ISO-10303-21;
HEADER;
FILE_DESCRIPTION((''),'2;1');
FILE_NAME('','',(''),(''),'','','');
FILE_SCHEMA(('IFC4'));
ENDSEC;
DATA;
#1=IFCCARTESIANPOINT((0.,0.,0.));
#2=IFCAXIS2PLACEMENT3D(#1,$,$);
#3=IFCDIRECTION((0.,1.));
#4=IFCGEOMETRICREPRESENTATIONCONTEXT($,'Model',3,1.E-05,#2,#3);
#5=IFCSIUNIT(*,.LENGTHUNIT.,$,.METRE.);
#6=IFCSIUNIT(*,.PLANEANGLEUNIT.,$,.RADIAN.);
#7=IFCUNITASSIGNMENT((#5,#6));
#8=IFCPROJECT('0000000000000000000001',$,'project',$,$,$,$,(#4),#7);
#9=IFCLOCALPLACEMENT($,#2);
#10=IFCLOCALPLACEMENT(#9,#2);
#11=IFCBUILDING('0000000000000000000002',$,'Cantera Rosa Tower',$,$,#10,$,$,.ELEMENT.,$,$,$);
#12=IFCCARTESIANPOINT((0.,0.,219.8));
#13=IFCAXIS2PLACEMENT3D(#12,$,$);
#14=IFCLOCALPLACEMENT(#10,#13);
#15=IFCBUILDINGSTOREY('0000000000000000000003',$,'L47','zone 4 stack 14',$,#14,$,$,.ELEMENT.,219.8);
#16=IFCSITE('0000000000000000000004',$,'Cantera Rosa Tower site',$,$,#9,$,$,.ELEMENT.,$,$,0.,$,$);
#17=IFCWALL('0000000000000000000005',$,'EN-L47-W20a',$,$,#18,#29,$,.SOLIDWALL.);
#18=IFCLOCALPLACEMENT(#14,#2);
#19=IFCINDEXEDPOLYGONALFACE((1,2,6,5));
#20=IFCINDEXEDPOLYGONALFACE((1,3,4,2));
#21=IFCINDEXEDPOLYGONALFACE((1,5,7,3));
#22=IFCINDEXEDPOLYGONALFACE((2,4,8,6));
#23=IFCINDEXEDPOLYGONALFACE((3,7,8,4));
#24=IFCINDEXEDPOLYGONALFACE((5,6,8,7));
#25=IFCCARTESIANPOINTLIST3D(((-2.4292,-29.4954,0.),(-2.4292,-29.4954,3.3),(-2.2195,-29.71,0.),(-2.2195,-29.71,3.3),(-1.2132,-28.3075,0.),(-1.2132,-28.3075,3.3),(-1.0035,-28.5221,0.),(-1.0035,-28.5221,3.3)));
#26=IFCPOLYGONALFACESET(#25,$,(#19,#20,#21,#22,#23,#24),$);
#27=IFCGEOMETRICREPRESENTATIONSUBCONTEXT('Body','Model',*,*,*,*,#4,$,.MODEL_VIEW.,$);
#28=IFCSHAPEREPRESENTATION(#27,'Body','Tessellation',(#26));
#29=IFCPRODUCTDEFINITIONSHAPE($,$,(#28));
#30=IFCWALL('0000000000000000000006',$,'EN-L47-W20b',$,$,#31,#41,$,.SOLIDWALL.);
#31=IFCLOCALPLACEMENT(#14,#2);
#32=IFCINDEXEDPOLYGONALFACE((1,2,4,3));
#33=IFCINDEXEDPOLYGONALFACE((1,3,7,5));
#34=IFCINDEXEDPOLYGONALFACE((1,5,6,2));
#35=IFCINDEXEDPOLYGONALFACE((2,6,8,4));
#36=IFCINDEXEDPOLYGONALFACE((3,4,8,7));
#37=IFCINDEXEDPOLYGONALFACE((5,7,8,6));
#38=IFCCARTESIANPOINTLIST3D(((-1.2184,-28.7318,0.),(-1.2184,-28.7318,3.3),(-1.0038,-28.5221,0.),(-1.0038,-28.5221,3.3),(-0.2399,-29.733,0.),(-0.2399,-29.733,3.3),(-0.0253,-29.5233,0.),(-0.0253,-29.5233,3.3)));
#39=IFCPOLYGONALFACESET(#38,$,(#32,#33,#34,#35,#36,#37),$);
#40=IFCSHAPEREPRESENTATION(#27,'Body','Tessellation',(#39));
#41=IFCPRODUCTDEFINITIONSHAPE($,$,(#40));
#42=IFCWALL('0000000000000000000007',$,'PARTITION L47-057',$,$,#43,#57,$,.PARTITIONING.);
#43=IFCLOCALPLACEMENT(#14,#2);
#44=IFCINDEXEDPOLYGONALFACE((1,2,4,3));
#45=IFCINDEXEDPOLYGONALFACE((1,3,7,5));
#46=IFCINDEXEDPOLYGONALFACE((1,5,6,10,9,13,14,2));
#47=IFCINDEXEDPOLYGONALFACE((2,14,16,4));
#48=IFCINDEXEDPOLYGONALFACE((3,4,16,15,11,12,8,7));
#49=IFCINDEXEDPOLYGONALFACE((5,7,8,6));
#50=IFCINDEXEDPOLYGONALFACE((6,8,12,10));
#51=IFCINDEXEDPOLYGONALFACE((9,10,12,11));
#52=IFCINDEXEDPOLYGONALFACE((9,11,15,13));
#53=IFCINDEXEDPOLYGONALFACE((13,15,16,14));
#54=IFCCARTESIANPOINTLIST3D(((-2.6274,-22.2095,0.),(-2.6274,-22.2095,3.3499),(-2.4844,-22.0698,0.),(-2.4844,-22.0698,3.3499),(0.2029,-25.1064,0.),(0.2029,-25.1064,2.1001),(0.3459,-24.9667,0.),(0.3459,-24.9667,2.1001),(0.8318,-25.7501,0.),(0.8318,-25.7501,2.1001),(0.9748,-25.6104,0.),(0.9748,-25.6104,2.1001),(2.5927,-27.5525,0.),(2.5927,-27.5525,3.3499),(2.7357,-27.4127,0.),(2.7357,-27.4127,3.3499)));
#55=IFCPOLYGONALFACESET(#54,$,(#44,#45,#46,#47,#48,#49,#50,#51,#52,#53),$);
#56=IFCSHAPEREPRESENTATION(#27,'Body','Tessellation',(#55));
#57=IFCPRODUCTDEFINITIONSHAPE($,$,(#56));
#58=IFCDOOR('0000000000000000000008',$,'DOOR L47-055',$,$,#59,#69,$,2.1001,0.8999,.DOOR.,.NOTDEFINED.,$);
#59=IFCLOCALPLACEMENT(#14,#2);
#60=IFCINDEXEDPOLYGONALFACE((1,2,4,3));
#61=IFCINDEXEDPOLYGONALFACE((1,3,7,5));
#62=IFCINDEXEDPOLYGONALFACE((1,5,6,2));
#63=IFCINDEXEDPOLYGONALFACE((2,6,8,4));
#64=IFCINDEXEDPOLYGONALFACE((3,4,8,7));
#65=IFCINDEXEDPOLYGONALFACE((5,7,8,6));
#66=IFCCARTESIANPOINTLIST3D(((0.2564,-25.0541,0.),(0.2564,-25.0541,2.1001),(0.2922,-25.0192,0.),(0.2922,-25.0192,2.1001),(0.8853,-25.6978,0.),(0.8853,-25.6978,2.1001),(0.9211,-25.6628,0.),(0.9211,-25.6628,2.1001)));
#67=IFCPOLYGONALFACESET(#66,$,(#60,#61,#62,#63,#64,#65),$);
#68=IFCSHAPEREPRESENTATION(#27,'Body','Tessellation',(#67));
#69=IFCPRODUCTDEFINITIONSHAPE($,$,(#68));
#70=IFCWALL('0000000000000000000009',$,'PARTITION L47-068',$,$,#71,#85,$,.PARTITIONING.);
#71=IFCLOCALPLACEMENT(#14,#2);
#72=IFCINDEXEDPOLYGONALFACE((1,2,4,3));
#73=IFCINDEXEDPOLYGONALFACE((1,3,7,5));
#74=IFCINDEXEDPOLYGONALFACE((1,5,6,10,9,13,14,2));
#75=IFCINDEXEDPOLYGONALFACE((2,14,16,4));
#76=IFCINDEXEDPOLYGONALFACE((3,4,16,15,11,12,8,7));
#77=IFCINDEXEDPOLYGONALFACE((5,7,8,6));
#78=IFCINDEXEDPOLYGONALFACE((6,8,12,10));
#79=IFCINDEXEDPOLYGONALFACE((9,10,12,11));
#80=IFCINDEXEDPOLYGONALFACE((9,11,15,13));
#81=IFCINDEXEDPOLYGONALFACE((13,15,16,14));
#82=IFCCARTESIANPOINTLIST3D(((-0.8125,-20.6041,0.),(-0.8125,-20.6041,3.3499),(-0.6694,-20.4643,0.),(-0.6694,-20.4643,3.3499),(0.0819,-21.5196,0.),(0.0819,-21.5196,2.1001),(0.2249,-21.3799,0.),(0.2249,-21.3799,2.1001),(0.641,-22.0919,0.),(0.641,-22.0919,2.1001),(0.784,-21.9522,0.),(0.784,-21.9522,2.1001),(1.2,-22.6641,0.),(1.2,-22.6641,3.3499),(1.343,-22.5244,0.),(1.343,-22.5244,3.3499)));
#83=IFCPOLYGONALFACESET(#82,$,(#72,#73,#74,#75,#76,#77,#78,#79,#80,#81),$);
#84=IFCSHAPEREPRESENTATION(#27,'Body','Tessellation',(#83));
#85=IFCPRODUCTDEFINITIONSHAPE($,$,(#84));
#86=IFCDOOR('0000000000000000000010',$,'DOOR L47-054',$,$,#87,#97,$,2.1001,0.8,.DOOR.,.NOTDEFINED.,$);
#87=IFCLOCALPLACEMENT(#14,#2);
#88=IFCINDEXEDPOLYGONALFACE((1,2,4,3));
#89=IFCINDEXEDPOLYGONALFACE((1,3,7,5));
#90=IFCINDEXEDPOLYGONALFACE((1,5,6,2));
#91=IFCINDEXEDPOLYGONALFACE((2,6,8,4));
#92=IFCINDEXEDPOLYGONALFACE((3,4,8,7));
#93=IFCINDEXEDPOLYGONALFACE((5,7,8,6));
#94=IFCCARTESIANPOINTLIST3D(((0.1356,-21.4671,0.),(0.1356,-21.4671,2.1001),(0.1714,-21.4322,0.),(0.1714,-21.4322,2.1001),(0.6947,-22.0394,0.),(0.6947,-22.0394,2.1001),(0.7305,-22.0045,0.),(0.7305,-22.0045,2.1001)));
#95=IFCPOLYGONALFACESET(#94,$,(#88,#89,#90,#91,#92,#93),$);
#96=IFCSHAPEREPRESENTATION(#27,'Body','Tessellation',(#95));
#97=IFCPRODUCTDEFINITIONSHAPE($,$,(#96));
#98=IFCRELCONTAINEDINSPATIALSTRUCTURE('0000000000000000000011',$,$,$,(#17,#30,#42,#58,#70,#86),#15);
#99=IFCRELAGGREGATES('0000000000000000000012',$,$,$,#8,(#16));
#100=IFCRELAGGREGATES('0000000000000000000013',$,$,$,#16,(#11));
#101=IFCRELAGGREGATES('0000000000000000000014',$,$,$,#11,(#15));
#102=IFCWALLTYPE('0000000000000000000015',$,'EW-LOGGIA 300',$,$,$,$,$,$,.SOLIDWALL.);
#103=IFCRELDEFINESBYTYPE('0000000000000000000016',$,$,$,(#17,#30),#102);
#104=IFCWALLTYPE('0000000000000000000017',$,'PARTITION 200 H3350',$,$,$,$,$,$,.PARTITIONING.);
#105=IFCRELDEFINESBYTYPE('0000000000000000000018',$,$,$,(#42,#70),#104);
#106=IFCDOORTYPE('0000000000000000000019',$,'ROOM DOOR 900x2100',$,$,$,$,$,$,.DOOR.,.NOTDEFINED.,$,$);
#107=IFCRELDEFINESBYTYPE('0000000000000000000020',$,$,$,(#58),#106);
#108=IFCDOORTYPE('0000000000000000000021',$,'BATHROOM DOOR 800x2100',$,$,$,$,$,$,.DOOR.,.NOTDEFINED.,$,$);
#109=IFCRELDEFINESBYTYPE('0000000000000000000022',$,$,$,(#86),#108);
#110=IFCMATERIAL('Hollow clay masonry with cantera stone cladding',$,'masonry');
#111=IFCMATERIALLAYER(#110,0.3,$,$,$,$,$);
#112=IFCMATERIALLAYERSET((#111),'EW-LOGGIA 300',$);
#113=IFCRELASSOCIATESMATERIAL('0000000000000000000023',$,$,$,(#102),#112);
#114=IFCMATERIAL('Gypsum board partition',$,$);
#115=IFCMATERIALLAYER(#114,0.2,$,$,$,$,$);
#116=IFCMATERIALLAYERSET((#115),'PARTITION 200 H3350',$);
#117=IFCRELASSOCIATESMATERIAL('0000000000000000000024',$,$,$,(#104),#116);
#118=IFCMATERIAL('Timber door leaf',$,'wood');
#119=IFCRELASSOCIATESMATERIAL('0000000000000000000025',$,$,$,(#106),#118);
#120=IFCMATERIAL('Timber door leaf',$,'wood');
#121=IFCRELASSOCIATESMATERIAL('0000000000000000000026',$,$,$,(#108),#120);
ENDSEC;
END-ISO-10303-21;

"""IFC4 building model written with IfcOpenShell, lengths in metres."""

from ifc_helpers import new_model, si_unit, direction, frame, frame_2d, origin, place, context, subcontext, project, spatial, rectangle, extrude, material, layer, layer_set, type_object, element, fill, save


model = new_model("IFC4")

# Units and contexts
model_context = context("Model", 3, precision=1e-05, world=origin(), true_north=direction((0.0, 1.0)))
body_context = subcontext(model_context, "Body", "Model", "MODEL_VIEW")
ifc_project = project(units=[si_unit("LENGTHUNIT", "METRE"), si_unit("PLANEANGLEUNIT", "RADIAN")], contexts=[model_context])

# Site, building, storey
site_placement = place(None, origin())
site = spatial("IfcSite", under=ifc_project, at=site_placement, Name="Cantera Rosa Tower site", CompositionType="ELEMENT", RefElevation=0.0)
building_placement = place(site_placement, origin())
building = spatial("IfcBuilding", under=site, at=building_placement, Name="Cantera Rosa Tower", CompositionType="ELEMENT")
storey_placement = place(building_placement, frame((0.0, 0.0, 219.8)))
storey = spatial("IfcBuildingStorey", under=building, at=storey_placement, Name="L47", Description="zone 4 stack 14", CompositionType="ELEMENT", Elevation=219.8)

# Walls
ifc_material_1 = material(Name="Hollow clay masonry with cantera stone cladding", Category="masonry")
ifc_layer_1 = layer(ifc_material_1, 0.3)
ifc_layer_set_1 = layer_set([ifc_layer_1], Name="EW-LOGGIA 300")
wall_type_1 = type_object("IfcWallType", Name="EW-LOGGIA 300", PredefinedType="SOLIDWALL", material=ifc_layer_set_1)
wall_1_placement = place(storey_placement, frame((-2.3245, -29.6028, 0.0), z_axis=(0.0, 0.0, 1.0), x_axis=(0.715316, 0.698801, 0.0)))
element("IfcWall", 1, at=wall_1_placement, inside=storey, type_object=wall_type_1, Name="EN-L47-W20a", PredefinedType="SOLIDWALL", context=body_context, shape_type="SweptSolid", body=[
    extrude(rectangle(XDim=1.7, YDim=0.3, at=frame_2d((0.8501, 0.0))), origin(), (0.0, 0.0, 1.0), 3.3),
])
wall_2_placement = place(storey_placement, frame((-1.1111, -28.627, 0.0), z_axis=(0.0, 0.0, 1.0), x_axis=(0.698951, -0.715169, 0.0)))
element("IfcWall", 2, at=wall_2_placement, inside=storey, type_object=wall_type_1, Name="EN-L47-W20b", PredefinedType="SOLIDWALL", context=body_context, shape_type="SweptSolid", body=[
    extrude(rectangle(XDim=1.3999, YDim=0.3, at=frame_2d((0.7, 0.0))), origin(), (0.0, 0.0, 1.0), 3.3),
])

# Walls, openings, doors
ifc_material_2 = material(Name="Gypsum board partition")
ifc_layer_2 = layer(ifc_material_2, 0.2)
ifc_layer_set_2 = layer_set([ifc_layer_2], Name="PARTITION 200 H3350")
wall_type_2 = type_object("IfcWallType", Name="PARTITION 200 H3350", PredefinedType="PARTITIONING", material=ifc_layer_set_2)
wall_3_placement = place(storey_placement, frame((-2.5559, -22.1396, 0.0), z_axis=(0.0, 0.0, 1.0), x_axis=(0.698839, -0.715279, 0.0)))
wall_3 = element("IfcWall", 3, at=wall_3_placement, inside=storey, type_object=wall_type_2, Name="PARTITION L47-057", PredefinedType="PARTITIONING", context=body_context, shape_type="SweptSolid", body=[
    extrude(rectangle(XDim=7.4697, YDim=0.2, at=frame_2d((3.7349, 0.0))), origin(), (0.0, 0.0, 1.0), 3.3499),
])
opening_1_placement = place(wall_3_placement, frame((4.05, 0.0, 0.0)))
opening_1 = element("IfcOpeningElement", 4, at=opening_1_placement, cuts=wall_3, PredefinedType="OPENING", context=body_context, shape_type="SweptSolid", body=[
    extrude(rectangle(XDim=0.8999, YDim=2.1001, at=frame_2d((0.45, 1.05))), frame((0.0, 0.1099, 0.0), z_axis=(0.0, -1.0, 0.0), x_axis=(1.0, 0.0, 0.0)), (0.0, 0.0, 1.0), 0.22),
])
ifc_material_3 = material(Name="Timber door leaf", Category="wood")
door_type_1 = type_object("IfcDoorType", Name="ROOM DOOR 900x2100", OperationType="NOTDEFINED", PredefinedType="DOOR", material=ifc_material_3)
door_1_placement = place(opening_1_placement, origin())
door_1 = element("IfcDoor", 5, at=door_1_placement, inside=storey, type_object=door_type_1, Name="DOOR L47-055", OperationType="NOTDEFINED", OverallHeight=2.1001, OverallWidth=0.8999, PredefinedType="DOOR", context=body_context, shape_type="SweptSolid", body=[
    extrude(rectangle(XDim=0.8999, YDim=2.1001, at=frame_2d((0.45, 1.05))), frame((0.0, 0.0249, 0.0), z_axis=(0.0, -1.0, 0.0), x_axis=(1.0, 0.0, 0.0)), (0.0, 0.0, 1.0), 0.05),
])
fill(opening_1, door_1)
wall_4_placement = place(storey_placement, frame((1.2715, -22.5942, 0.0), z_axis=(0.0, 0.0, 1.0), x_axis=(-0.698793, 0.715324, 0.0)))
wall_4 = element("IfcWall", 6, at=wall_4_placement, inside=storey, type_object=wall_type_2, Name="PARTITION L47-068", PredefinedType="PARTITIONING", context=body_context, shape_type="SweptSolid", body=[
    extrude(rectangle(XDim=2.8799, YDim=0.2, at=frame_2d((1.4399, 0.0))), origin(), (0.0, 0.0, 1.0), 3.3499),
])
opening_2_placement = place(wall_4_placement, frame((0.8, 0.0, 0.0)))
opening_2 = element("IfcOpeningElement", 7, at=opening_2_placement, cuts=wall_4, PredefinedType="OPENING", context=body_context, shape_type="SweptSolid", body=[
    extrude(rectangle(XDim=0.8, YDim=2.1001, at=frame_2d((0.3999, 1.05))), frame((0.0, 0.1099, 0.0), z_axis=(0.0, -1.0, 0.0), x_axis=(1.0, 0.0, 0.0)), (0.0, 0.0, 1.0), 0.22),
])
ifc_material_4 = material(Name="Timber door leaf", Category="wood")
door_type_2 = type_object("IfcDoorType", Name="BATHROOM DOOR 800x2100", OperationType="NOTDEFINED", PredefinedType="DOOR", material=ifc_material_4)
door_2_placement = place(opening_2_placement, origin())
door_2 = element("IfcDoor", 8, at=door_2_placement, inside=storey, type_object=door_type_2, Name="DOOR L47-054", OperationType="NOTDEFINED", OverallHeight=2.1001, OverallWidth=0.8, PredefinedType="DOOR", context=body_context, shape_type="SweptSolid", body=[
    extrude(rectangle(XDim=0.8, YDim=2.1001, at=frame_2d((0.3999, 1.05))), frame((0.0, 0.0249, 0.0), z_axis=(0.0, -1.0, 0.0), x_axis=(1.0, 0.0, 0.0)), (0.0, 0.0, 1.0), 0.05),
])
fill(opening_2, door_2)

save(model, "model.ifc")
